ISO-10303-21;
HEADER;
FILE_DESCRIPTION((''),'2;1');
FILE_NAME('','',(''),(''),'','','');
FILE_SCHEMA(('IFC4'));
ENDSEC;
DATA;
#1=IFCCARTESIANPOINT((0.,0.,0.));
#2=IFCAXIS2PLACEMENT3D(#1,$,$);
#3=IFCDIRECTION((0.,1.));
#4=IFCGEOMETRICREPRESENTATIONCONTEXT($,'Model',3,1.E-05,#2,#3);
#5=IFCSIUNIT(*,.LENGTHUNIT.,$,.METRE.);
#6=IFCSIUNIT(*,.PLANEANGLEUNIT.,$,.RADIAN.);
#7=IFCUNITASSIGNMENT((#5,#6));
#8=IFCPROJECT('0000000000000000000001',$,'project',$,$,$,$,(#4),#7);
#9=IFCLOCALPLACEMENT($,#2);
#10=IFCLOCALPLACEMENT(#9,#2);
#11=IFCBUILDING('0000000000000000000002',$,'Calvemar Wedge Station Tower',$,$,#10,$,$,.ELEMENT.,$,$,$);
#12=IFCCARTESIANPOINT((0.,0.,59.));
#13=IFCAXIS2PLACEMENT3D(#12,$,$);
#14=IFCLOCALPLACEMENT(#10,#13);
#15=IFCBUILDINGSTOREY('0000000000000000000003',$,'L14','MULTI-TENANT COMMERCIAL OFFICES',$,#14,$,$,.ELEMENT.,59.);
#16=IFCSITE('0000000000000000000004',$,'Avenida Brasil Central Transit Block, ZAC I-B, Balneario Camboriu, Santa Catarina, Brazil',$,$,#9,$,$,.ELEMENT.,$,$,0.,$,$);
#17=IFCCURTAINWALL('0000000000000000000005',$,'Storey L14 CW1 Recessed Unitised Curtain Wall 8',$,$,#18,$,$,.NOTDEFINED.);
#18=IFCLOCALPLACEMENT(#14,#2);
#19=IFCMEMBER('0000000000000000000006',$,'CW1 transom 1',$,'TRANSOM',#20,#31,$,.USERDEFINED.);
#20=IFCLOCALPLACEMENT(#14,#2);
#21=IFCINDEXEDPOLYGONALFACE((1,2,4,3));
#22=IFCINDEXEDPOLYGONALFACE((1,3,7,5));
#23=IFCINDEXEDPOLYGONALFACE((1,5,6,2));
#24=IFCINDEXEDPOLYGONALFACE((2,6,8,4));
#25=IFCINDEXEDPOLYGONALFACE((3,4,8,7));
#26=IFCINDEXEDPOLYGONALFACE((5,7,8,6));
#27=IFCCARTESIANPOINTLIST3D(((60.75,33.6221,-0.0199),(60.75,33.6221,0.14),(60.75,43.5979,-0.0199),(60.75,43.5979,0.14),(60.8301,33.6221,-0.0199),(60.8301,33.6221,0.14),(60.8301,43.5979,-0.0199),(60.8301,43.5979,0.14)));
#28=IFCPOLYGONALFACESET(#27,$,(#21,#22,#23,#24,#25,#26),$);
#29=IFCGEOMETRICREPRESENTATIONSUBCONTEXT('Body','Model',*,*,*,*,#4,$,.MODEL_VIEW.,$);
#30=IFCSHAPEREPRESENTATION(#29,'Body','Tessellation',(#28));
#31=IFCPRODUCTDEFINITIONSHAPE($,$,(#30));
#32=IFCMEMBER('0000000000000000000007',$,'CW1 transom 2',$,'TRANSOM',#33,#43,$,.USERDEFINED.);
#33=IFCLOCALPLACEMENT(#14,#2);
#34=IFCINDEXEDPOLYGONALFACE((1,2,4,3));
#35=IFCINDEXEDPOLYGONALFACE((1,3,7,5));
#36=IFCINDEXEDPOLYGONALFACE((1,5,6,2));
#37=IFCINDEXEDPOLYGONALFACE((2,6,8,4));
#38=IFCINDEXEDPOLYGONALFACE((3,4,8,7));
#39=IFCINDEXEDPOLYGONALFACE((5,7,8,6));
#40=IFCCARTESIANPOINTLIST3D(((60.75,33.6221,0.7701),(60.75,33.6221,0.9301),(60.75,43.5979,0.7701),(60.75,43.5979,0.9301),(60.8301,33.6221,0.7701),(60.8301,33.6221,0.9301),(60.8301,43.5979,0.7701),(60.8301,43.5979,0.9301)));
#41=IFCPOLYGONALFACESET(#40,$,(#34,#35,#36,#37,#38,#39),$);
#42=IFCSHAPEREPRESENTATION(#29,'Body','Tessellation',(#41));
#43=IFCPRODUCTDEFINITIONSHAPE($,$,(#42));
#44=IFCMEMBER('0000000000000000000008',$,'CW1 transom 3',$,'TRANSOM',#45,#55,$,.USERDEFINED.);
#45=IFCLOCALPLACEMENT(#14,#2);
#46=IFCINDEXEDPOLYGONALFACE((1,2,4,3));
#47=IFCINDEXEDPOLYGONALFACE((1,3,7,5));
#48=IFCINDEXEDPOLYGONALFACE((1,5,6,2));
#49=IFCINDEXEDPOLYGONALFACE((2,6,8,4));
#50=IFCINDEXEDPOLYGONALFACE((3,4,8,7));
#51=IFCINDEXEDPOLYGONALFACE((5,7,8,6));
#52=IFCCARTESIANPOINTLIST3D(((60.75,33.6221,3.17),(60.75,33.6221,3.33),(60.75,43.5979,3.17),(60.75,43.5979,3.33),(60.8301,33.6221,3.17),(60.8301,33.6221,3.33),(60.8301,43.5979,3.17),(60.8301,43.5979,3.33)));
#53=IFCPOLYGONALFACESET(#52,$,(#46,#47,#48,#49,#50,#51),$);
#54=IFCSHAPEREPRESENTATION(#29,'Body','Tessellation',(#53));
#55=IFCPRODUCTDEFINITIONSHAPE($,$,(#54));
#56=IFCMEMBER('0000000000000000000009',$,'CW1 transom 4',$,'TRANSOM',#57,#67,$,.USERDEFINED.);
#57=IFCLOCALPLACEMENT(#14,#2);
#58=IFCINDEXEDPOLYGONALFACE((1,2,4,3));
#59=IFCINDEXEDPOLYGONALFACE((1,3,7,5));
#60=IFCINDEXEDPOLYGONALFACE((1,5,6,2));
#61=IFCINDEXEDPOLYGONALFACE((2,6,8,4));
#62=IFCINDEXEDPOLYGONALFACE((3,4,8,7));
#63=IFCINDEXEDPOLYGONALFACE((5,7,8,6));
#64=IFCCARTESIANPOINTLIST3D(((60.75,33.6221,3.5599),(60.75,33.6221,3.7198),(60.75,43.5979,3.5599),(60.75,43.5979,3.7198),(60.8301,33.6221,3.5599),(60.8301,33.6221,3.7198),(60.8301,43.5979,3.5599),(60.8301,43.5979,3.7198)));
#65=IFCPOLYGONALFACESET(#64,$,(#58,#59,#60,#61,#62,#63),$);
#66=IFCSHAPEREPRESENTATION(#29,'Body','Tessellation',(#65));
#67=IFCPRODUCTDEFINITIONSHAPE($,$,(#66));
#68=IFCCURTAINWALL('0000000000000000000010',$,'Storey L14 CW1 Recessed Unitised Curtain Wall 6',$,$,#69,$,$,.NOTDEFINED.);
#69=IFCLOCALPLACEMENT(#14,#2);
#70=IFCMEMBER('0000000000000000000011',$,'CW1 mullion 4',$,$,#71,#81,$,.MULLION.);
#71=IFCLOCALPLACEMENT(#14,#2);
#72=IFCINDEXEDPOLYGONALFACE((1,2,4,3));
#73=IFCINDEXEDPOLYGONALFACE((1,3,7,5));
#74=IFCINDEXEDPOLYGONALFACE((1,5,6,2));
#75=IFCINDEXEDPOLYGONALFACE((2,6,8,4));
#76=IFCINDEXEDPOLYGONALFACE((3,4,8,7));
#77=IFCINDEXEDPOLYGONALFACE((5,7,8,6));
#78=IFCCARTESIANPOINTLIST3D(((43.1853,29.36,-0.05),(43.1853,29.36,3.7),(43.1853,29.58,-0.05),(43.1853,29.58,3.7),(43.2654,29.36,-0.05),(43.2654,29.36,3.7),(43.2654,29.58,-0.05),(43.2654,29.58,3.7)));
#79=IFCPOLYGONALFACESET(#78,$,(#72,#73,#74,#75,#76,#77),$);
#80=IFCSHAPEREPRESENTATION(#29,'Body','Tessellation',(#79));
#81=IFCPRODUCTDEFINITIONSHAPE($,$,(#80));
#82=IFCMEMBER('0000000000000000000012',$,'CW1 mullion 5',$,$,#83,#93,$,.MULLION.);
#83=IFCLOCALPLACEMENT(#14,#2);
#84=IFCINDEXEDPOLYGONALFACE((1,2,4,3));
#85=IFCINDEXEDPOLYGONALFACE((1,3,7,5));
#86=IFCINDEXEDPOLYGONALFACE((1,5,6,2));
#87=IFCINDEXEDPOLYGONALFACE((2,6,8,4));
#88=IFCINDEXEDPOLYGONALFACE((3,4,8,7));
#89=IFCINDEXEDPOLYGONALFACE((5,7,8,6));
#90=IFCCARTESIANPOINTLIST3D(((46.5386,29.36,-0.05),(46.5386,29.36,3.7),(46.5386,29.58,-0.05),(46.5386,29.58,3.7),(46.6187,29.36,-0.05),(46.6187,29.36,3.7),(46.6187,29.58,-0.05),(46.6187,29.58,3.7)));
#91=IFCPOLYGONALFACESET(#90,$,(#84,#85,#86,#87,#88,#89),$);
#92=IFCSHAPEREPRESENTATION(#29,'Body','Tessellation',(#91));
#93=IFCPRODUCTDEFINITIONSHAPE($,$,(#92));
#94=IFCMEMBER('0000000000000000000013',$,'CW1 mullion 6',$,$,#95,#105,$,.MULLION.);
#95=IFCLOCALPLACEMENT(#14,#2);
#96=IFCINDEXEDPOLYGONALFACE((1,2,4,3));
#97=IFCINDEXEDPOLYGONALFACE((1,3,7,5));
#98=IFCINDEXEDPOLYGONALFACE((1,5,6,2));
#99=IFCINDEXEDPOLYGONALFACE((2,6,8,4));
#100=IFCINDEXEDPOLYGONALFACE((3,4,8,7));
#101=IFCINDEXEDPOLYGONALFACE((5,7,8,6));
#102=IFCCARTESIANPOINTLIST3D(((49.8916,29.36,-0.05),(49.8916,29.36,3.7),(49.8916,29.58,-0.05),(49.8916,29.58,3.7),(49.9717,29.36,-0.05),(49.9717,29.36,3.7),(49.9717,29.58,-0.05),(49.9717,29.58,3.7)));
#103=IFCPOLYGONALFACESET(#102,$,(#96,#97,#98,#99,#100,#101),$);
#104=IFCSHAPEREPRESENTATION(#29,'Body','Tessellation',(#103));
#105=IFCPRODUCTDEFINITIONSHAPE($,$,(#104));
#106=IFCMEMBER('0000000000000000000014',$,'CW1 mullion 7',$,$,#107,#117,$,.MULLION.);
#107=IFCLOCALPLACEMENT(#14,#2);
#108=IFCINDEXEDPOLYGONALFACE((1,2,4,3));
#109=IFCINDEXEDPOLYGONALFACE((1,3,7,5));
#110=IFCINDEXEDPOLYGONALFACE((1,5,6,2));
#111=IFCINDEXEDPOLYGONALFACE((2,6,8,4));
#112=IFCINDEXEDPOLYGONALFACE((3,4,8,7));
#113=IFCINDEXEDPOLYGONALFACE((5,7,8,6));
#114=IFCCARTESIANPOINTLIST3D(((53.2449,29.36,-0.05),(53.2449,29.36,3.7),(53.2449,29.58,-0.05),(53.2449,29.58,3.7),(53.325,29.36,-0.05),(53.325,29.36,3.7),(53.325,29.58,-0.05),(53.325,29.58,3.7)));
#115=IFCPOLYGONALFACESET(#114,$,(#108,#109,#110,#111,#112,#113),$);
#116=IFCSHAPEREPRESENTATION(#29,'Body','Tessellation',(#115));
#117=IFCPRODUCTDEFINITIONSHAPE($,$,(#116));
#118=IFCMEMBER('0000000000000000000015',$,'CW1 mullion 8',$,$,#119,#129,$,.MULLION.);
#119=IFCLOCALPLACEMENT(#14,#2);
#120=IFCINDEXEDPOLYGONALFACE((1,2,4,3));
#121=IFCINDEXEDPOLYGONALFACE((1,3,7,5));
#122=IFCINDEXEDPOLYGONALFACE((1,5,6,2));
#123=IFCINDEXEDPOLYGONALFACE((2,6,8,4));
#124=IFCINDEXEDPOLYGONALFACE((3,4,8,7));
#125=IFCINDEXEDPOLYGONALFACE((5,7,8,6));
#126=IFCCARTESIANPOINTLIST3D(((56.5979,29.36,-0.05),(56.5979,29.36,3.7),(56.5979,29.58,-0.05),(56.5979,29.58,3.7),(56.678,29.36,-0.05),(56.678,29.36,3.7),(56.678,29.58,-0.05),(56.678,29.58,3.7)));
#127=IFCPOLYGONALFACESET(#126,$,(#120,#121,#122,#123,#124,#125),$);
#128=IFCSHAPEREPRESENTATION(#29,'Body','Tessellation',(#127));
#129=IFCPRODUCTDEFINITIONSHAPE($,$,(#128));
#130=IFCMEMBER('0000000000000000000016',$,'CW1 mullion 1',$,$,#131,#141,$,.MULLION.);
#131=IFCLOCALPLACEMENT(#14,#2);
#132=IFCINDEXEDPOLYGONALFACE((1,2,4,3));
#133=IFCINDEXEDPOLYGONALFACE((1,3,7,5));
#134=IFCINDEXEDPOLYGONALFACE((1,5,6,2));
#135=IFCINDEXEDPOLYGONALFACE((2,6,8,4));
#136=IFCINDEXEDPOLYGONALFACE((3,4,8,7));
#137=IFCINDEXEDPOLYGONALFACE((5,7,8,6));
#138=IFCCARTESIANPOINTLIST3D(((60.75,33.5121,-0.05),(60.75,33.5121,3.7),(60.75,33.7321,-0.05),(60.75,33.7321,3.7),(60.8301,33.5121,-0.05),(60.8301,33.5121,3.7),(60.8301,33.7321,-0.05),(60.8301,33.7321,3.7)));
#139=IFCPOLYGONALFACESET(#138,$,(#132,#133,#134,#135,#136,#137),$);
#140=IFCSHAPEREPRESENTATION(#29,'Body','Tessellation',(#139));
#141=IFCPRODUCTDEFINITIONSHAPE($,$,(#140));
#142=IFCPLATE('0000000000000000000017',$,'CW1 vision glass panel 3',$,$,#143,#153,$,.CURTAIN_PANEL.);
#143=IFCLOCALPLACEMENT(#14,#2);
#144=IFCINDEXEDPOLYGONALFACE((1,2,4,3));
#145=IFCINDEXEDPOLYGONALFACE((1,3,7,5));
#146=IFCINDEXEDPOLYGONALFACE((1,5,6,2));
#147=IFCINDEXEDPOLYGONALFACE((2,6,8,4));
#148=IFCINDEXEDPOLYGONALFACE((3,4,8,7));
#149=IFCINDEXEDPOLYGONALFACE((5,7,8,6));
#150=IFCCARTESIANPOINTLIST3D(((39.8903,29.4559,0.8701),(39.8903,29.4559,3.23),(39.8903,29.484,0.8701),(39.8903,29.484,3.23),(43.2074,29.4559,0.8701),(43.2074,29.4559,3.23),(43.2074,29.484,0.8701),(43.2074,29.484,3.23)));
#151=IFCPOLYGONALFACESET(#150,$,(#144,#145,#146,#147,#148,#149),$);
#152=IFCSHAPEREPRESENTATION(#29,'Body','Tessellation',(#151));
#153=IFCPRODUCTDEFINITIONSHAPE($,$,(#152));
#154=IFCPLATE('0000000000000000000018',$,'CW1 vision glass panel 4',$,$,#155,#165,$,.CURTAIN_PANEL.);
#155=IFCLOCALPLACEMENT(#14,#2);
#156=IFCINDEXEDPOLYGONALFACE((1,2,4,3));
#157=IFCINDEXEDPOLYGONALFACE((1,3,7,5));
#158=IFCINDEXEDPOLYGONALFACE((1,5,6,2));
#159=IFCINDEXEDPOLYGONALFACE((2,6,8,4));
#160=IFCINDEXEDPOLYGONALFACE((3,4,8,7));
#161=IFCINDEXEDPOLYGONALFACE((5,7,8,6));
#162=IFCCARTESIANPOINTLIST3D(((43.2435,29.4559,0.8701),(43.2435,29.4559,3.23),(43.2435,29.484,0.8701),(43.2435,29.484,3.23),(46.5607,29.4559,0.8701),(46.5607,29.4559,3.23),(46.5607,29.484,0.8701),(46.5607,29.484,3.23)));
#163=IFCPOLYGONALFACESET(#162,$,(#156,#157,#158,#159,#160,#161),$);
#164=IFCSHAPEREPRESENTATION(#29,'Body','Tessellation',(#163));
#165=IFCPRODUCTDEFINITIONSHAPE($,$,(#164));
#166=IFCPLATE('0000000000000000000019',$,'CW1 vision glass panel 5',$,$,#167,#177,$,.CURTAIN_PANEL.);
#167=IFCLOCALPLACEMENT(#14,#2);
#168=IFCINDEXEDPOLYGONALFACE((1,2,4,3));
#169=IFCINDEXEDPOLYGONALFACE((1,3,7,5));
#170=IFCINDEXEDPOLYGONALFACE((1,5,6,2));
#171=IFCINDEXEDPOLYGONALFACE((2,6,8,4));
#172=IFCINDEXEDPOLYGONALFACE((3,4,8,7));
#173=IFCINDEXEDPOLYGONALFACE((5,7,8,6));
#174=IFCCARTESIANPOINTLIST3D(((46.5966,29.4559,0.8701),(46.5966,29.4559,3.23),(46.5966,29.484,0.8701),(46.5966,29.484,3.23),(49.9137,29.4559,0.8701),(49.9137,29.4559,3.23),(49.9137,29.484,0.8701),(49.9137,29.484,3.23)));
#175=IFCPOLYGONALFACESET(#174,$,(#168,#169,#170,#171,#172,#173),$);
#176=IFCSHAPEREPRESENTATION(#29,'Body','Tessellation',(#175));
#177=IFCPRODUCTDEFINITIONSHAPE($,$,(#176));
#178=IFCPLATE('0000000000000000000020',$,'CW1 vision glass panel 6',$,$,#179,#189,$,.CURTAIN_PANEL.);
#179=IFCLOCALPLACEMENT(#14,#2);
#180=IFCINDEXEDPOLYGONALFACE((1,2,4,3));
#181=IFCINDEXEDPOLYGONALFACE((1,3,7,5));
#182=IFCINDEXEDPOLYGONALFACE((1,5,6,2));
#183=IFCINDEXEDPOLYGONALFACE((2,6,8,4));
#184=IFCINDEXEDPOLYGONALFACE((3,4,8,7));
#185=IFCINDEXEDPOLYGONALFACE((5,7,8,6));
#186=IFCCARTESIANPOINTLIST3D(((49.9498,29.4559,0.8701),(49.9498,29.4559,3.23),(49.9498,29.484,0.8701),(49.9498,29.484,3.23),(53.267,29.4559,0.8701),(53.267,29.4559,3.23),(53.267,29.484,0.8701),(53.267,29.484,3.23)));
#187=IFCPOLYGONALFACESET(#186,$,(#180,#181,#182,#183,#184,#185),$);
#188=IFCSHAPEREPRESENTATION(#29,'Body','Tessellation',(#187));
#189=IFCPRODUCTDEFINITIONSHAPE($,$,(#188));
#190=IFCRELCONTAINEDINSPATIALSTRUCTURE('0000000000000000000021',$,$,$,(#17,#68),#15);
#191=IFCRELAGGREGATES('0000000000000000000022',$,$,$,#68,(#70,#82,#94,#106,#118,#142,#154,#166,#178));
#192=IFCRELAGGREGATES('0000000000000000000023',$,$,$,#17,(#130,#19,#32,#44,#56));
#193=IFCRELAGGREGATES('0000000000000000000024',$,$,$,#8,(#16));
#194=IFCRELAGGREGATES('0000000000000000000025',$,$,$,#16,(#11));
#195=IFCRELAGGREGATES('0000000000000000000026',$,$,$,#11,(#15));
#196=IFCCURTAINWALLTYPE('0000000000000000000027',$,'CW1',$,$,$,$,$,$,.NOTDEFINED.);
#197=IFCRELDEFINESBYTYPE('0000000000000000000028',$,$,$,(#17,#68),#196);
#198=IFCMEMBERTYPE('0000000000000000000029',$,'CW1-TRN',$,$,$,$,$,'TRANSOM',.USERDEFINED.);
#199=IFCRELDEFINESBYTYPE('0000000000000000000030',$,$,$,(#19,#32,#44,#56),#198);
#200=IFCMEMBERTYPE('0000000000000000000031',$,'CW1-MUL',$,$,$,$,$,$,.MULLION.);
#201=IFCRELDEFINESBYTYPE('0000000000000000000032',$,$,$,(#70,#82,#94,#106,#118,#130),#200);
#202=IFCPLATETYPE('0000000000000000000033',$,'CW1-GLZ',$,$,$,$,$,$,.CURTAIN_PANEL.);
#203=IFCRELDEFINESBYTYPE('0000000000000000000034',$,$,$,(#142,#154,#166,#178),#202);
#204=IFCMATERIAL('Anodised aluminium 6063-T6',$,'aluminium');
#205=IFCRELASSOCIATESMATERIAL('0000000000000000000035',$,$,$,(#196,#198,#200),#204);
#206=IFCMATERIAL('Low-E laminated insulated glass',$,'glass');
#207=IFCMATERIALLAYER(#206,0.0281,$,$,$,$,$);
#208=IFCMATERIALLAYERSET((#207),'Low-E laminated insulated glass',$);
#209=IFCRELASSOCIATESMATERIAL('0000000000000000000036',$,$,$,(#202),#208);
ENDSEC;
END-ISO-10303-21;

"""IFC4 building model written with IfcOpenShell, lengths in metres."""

from ifc_helpers import new_model, si_unit, direction, frame, frame_2d, origin, origin_2d, place, context, subcontext, project, spatial, rectangle, extrude, source, transform, mapped, material, layer, layer_set, material_profile, profile_set, type_object, element, aggregate, save


model = new_model("IFC4")

# Units and contexts
model_context = context("Model", 3, precision=1e-05, world=origin(), true_north=direction((0.0, 1.0)))
body_context = subcontext(model_context, "Body", "Model", "MODEL_VIEW")
ifc_project = project(units=[si_unit("LENGTHUNIT", "METRE"), si_unit("PLANEANGLEUNIT", "RADIAN")], contexts=[model_context])

# Site, building, storey
site_placement = place(None, origin())
site = spatial("IfcSite", under=ifc_project, at=site_placement, Name="Avenida Brasil Central Transit Block, ZAC I-B, Balneario Camboriu, Santa Catarina, Brazil", CompositionType="ELEMENT", RefElevation=0.0)
building_placement = place(site_placement, origin())
building = spatial("IfcBuilding", under=site, at=building_placement, Name="Calvemar Wedge Station Tower", CompositionType="ELEMENT")
storey_placement = place(building_placement, frame((0.0, 0.0, 59.0)))
storey = spatial("IfcBuildingStorey", under=building, at=storey_placement, Name="L14", Description="MULTI-TENANT COMMERCIAL OFFICES", CompositionType="ELEMENT", Elevation=59.0)

# Curtain walls, members
ifc_material_1 = material(Name="Anodised aluminium 6063-T6", Category="aluminium")
curtain_wall_type = type_object("IfcCurtainWallType", Name="CW1", PredefinedType="NOTDEFINED", material=ifc_material_1)
curtain_wall_1_placement = place(storey_placement, origin())
curtain_wall_1 = element("IfcCurtainWall", 1, at=curtain_wall_1_placement, inside=storey, type_object=curtain_wall_type, Name="Storey L14 CW1 Recessed Unitised Curtain Wall 8", PredefinedType="NOTDEFINED")
ifc_material_profile_1 = material_profile(ifc_material_1, rectangle(XDim=0.0801, YDim=0.1599, at=origin_2d()), Name="AL-TRN-80x160")
ifc_profile_set_1 = profile_set([ifc_material_profile_1], Name="Anodised aluminium 6063-T6")
member_type_1 = type_object("IfcMemberType", Name="CW1-TRN", ElementType="TRANSOM", PredefinedType="USERDEFINED", material=ifc_profile_set_1)
shared_shape_1 = source(origin(), body_context, "Body", "SweptSolid", [
    extrude(rectangle(XDim=0.0801, YDim=0.1599, at=origin_2d()), origin(), (0.0, 0.0, 1.0), 9.9758),
])
member_1_placement = place(storey_placement, frame((60.79, 33.6221, 0.0601), z_axis=(0.0, 1.0, 0.0), x_axis=(-1.0, 0.0, 0.0)))
member_1 = element("IfcMember", 2, at=member_1_placement, type_object=member_type_1, Name="CW1 transom 1", ObjectType="TRANSOM", PredefinedType="USERDEFINED", context=body_context, shape_type="MappedRepresentation", body=[
    mapped(shared_shape_1, transform((0.0, 0.0, 0.0), scale=1.0)),
])
member_2_placement = place(storey_placement, frame((60.79, 33.6221, 0.8501), z_axis=(0.0, 1.0, 0.0), x_axis=(-1.0, 0.0, 0.0)))
member_2 = element("IfcMember", 3, at=member_2_placement, type_object=member_type_1, Name="CW1 transom 2", ObjectType="TRANSOM", PredefinedType="USERDEFINED", context=body_context, shape_type="MappedRepresentation", body=[
    mapped(shared_shape_1, transform((0.0, 0.0, 0.0), scale=1.0)),
])
member_3_placement = place(storey_placement, frame((60.79, 33.6221, 3.25), z_axis=(0.0, 1.0, 0.0), x_axis=(-1.0, 0.0, 0.0)))
member_3 = element("IfcMember", 4, at=member_3_placement, type_object=member_type_1, Name="CW1 transom 3", ObjectType="TRANSOM", PredefinedType="USERDEFINED", context=body_context, shape_type="MappedRepresentation", body=[
    mapped(shared_shape_1, transform((0.0, 0.0, 0.0), scale=1.0)),
])
member_4_placement = place(storey_placement, frame((60.79, 33.6221, 3.6399), z_axis=(0.0, 1.0, 0.0), x_axis=(-1.0, 0.0, 0.0)))
member_4 = element("IfcMember", 5, at=member_4_placement, type_object=member_type_1, Name="CW1 transom 4", ObjectType="TRANSOM", PredefinedType="USERDEFINED", context=body_context, shape_type="MappedRepresentation", body=[
    mapped(shared_shape_1, transform((0.0, 0.0, 0.0), scale=1.0)),
])
curtain_wall_2_placement = place(storey_placement, origin())
curtain_wall_2 = element("IfcCurtainWall", 6, at=curtain_wall_2_placement, inside=storey, type_object=curtain_wall_type, Name="Storey L14 CW1 Recessed Unitised Curtain Wall 6", PredefinedType="NOTDEFINED")
ifc_material_profile_2 = material_profile(ifc_material_1, rectangle(XDim=0.0801, YDim=0.22, at=origin_2d()), Name="AL-MUL-80x220")
ifc_profile_set_2 = profile_set([ifc_material_profile_2], Name="Anodised aluminium 6063-T6")
member_type_2 = type_object("IfcMemberType", Name="CW1-MUL", PredefinedType="MULLION", material=ifc_profile_set_2)
shared_shape_2 = source(origin(), body_context, "Body", "SweptSolid", [
    extrude(rectangle(XDim=0.0801, YDim=0.22, at=origin_2d()), origin(), (0.0, 0.0, 1.0), 3.75),
])
member_5_placement = place(storey_placement, frame((43.2253, 29.47, -0.05), z_axis=(0.0, 0.0, 1.0), x_axis=(1.0, 0.0, 0.0)))
member_5 = element("IfcMember", 7, at=member_5_placement, type_object=member_type_2, Name="CW1 mullion 4", PredefinedType="MULLION", context=body_context, shape_type="MappedRepresentation", body=[
    mapped(shared_shape_2, transform((0.0, 0.0, 0.0), scale=1.0)),
])
member_6_placement = place(storey_placement, frame((46.5786, 29.47, -0.05), z_axis=(0.0, 0.0, 1.0), x_axis=(1.0, 0.0, 0.0)))
member_6 = element("IfcMember", 8, at=member_6_placement, type_object=member_type_2, Name="CW1 mullion 5", PredefinedType="MULLION", context=body_context, shape_type="MappedRepresentation", body=[
    mapped(shared_shape_2, transform((0.0, 0.0, 0.0), scale=1.0)),
])
member_7_placement = place(storey_placement, frame((49.9316, 29.47, -0.05), z_axis=(0.0, 0.0, 1.0), x_axis=(1.0, 0.0, 0.0)))
member_7 = element("IfcMember", 9, at=member_7_placement, type_object=member_type_2, Name="CW1 mullion 6", PredefinedType="MULLION", context=body_context, shape_type="MappedRepresentation", body=[
    mapped(shared_shape_2, transform((0.0, 0.0, 0.0), scale=1.0)),
])
member_8_placement = place(storey_placement, frame((53.2849, 29.47, -0.05), z_axis=(0.0, 0.0, 1.0), x_axis=(1.0, 0.0, 0.0)))
member_8 = element("IfcMember", 10, at=member_8_placement, type_object=member_type_2, Name="CW1 mullion 7", PredefinedType="MULLION", context=body_context, shape_type="MappedRepresentation", body=[
    mapped(shared_shape_2, transform((0.0, 0.0, 0.0), scale=1.0)),
])
member_9_placement = place(storey_placement, frame((56.6379, 29.47, -0.05), z_axis=(0.0, 0.0, 1.0), x_axis=(1.0, 0.0, 0.0)))
member_9 = element("IfcMember", 11, at=member_9_placement, type_object=member_type_2, Name="CW1 mullion 8", PredefinedType="MULLION", context=body_context, shape_type="MappedRepresentation", body=[
    mapped(shared_shape_2, transform((0.0, 0.0, 0.0), scale=1.0)),
])

# Member
member_10_placement = place(storey_placement, frame((60.79, 33.6221, -0.05), z_axis=(0.0, 0.0, 1.0), x_axis=(1.0, 0.0, 0.0)))
member_10 = element("IfcMember", 12, at=member_10_placement, type_object=member_type_2, Name="CW1 mullion 1", PredefinedType="MULLION", context=body_context, shape_type="MappedRepresentation", body=[
    mapped(shared_shape_2, transform((0.0, 0.0, 0.0), scale=1.0)),
])

# Plates
ifc_material_2 = material(Name="Low-E laminated insulated glass", Category="glass")
ifc_layer_1 = layer(ifc_material_2, 0.0281)
ifc_layer_set_1 = layer_set([ifc_layer_1], Name="Low-E laminated insulated glass")
plate_type_1 = type_object("IfcPlateType", Name="CW1-GLZ", PredefinedType="CURTAIN_PANEL", material=ifc_layer_set_1)
plate_1_placement = place(storey_placement, frame((39.8901, 29.47, 0.8701), z_axis=(0.0, 0.0, 1.0), x_axis=(1.0, 0.0, 0.0)))
plate_1 = element("IfcPlate", 13, at=plate_1_placement, type_object=plate_type_1, Name="CW1 vision glass panel 3", PredefinedType="CURTAIN_PANEL", context=body_context, shape_type="SweptSolid", body=[
    extrude(rectangle(XDim=3.3171, YDim=0.0281, at=frame_2d((1.6587, 0.0))), origin(), (0.0, 0.0, 1.0), 2.3599),
])
plate_2_placement = place(storey_placement, frame((43.2434, 29.47, 0.8701), z_axis=(0.0, 0.0, 1.0), x_axis=(1.0, 0.0, 0.0)))
plate_2 = element("IfcPlate", 14, at=plate_2_placement, type_object=plate_type_1, Name="CW1 vision glass panel 4", PredefinedType="CURTAIN_PANEL", context=body_context, shape_type="SweptSolid", body=[
    extrude(rectangle(XDim=3.3171, YDim=0.0281, at=frame_2d((1.6587, 0.0))), origin(), (0.0, 0.0, 1.0), 2.3599),
])
plate_3_placement = place(storey_placement, frame((46.5964, 29.47, 0.8701), z_axis=(0.0, 0.0, 1.0), x_axis=(1.0, 0.0, 0.0)))
plate_3 = element("IfcPlate", 15, at=plate_3_placement, type_object=plate_type_1, Name="CW1 vision glass panel 5", PredefinedType="CURTAIN_PANEL", context=body_context, shape_type="SweptSolid", body=[
    extrude(rectangle(XDim=3.3171, YDim=0.0281, at=frame_2d((1.6587, 0.0))), origin(), (0.0, 0.0, 1.0), 2.3599),
])
plate_4_placement = place(storey_placement, frame((49.9497, 29.47, 0.8701), z_axis=(0.0, 0.0, 1.0), x_axis=(1.0, 0.0, 0.0)))
plate_4 = element("IfcPlate", 16, at=plate_4_placement, type_object=plate_type_1, Name="CW1 vision glass panel 6", PredefinedType="CURTAIN_PANEL", context=body_context, shape_type="SweptSolid", body=[
    extrude(rectangle(XDim=3.3171, YDim=0.0281, at=frame_2d((1.6587, 0.0))), origin(), (0.0, 0.0, 1.0), 2.3599),
])
aggregate(curtain_wall_2, [member_5, member_6, member_7, member_8, member_9, plate_1, plate_2, plate_3, plate_4])
aggregate(curtain_wall_1, [member_10, member_1, member_2, member_3, member_4])

save(model, "model.ifc")
